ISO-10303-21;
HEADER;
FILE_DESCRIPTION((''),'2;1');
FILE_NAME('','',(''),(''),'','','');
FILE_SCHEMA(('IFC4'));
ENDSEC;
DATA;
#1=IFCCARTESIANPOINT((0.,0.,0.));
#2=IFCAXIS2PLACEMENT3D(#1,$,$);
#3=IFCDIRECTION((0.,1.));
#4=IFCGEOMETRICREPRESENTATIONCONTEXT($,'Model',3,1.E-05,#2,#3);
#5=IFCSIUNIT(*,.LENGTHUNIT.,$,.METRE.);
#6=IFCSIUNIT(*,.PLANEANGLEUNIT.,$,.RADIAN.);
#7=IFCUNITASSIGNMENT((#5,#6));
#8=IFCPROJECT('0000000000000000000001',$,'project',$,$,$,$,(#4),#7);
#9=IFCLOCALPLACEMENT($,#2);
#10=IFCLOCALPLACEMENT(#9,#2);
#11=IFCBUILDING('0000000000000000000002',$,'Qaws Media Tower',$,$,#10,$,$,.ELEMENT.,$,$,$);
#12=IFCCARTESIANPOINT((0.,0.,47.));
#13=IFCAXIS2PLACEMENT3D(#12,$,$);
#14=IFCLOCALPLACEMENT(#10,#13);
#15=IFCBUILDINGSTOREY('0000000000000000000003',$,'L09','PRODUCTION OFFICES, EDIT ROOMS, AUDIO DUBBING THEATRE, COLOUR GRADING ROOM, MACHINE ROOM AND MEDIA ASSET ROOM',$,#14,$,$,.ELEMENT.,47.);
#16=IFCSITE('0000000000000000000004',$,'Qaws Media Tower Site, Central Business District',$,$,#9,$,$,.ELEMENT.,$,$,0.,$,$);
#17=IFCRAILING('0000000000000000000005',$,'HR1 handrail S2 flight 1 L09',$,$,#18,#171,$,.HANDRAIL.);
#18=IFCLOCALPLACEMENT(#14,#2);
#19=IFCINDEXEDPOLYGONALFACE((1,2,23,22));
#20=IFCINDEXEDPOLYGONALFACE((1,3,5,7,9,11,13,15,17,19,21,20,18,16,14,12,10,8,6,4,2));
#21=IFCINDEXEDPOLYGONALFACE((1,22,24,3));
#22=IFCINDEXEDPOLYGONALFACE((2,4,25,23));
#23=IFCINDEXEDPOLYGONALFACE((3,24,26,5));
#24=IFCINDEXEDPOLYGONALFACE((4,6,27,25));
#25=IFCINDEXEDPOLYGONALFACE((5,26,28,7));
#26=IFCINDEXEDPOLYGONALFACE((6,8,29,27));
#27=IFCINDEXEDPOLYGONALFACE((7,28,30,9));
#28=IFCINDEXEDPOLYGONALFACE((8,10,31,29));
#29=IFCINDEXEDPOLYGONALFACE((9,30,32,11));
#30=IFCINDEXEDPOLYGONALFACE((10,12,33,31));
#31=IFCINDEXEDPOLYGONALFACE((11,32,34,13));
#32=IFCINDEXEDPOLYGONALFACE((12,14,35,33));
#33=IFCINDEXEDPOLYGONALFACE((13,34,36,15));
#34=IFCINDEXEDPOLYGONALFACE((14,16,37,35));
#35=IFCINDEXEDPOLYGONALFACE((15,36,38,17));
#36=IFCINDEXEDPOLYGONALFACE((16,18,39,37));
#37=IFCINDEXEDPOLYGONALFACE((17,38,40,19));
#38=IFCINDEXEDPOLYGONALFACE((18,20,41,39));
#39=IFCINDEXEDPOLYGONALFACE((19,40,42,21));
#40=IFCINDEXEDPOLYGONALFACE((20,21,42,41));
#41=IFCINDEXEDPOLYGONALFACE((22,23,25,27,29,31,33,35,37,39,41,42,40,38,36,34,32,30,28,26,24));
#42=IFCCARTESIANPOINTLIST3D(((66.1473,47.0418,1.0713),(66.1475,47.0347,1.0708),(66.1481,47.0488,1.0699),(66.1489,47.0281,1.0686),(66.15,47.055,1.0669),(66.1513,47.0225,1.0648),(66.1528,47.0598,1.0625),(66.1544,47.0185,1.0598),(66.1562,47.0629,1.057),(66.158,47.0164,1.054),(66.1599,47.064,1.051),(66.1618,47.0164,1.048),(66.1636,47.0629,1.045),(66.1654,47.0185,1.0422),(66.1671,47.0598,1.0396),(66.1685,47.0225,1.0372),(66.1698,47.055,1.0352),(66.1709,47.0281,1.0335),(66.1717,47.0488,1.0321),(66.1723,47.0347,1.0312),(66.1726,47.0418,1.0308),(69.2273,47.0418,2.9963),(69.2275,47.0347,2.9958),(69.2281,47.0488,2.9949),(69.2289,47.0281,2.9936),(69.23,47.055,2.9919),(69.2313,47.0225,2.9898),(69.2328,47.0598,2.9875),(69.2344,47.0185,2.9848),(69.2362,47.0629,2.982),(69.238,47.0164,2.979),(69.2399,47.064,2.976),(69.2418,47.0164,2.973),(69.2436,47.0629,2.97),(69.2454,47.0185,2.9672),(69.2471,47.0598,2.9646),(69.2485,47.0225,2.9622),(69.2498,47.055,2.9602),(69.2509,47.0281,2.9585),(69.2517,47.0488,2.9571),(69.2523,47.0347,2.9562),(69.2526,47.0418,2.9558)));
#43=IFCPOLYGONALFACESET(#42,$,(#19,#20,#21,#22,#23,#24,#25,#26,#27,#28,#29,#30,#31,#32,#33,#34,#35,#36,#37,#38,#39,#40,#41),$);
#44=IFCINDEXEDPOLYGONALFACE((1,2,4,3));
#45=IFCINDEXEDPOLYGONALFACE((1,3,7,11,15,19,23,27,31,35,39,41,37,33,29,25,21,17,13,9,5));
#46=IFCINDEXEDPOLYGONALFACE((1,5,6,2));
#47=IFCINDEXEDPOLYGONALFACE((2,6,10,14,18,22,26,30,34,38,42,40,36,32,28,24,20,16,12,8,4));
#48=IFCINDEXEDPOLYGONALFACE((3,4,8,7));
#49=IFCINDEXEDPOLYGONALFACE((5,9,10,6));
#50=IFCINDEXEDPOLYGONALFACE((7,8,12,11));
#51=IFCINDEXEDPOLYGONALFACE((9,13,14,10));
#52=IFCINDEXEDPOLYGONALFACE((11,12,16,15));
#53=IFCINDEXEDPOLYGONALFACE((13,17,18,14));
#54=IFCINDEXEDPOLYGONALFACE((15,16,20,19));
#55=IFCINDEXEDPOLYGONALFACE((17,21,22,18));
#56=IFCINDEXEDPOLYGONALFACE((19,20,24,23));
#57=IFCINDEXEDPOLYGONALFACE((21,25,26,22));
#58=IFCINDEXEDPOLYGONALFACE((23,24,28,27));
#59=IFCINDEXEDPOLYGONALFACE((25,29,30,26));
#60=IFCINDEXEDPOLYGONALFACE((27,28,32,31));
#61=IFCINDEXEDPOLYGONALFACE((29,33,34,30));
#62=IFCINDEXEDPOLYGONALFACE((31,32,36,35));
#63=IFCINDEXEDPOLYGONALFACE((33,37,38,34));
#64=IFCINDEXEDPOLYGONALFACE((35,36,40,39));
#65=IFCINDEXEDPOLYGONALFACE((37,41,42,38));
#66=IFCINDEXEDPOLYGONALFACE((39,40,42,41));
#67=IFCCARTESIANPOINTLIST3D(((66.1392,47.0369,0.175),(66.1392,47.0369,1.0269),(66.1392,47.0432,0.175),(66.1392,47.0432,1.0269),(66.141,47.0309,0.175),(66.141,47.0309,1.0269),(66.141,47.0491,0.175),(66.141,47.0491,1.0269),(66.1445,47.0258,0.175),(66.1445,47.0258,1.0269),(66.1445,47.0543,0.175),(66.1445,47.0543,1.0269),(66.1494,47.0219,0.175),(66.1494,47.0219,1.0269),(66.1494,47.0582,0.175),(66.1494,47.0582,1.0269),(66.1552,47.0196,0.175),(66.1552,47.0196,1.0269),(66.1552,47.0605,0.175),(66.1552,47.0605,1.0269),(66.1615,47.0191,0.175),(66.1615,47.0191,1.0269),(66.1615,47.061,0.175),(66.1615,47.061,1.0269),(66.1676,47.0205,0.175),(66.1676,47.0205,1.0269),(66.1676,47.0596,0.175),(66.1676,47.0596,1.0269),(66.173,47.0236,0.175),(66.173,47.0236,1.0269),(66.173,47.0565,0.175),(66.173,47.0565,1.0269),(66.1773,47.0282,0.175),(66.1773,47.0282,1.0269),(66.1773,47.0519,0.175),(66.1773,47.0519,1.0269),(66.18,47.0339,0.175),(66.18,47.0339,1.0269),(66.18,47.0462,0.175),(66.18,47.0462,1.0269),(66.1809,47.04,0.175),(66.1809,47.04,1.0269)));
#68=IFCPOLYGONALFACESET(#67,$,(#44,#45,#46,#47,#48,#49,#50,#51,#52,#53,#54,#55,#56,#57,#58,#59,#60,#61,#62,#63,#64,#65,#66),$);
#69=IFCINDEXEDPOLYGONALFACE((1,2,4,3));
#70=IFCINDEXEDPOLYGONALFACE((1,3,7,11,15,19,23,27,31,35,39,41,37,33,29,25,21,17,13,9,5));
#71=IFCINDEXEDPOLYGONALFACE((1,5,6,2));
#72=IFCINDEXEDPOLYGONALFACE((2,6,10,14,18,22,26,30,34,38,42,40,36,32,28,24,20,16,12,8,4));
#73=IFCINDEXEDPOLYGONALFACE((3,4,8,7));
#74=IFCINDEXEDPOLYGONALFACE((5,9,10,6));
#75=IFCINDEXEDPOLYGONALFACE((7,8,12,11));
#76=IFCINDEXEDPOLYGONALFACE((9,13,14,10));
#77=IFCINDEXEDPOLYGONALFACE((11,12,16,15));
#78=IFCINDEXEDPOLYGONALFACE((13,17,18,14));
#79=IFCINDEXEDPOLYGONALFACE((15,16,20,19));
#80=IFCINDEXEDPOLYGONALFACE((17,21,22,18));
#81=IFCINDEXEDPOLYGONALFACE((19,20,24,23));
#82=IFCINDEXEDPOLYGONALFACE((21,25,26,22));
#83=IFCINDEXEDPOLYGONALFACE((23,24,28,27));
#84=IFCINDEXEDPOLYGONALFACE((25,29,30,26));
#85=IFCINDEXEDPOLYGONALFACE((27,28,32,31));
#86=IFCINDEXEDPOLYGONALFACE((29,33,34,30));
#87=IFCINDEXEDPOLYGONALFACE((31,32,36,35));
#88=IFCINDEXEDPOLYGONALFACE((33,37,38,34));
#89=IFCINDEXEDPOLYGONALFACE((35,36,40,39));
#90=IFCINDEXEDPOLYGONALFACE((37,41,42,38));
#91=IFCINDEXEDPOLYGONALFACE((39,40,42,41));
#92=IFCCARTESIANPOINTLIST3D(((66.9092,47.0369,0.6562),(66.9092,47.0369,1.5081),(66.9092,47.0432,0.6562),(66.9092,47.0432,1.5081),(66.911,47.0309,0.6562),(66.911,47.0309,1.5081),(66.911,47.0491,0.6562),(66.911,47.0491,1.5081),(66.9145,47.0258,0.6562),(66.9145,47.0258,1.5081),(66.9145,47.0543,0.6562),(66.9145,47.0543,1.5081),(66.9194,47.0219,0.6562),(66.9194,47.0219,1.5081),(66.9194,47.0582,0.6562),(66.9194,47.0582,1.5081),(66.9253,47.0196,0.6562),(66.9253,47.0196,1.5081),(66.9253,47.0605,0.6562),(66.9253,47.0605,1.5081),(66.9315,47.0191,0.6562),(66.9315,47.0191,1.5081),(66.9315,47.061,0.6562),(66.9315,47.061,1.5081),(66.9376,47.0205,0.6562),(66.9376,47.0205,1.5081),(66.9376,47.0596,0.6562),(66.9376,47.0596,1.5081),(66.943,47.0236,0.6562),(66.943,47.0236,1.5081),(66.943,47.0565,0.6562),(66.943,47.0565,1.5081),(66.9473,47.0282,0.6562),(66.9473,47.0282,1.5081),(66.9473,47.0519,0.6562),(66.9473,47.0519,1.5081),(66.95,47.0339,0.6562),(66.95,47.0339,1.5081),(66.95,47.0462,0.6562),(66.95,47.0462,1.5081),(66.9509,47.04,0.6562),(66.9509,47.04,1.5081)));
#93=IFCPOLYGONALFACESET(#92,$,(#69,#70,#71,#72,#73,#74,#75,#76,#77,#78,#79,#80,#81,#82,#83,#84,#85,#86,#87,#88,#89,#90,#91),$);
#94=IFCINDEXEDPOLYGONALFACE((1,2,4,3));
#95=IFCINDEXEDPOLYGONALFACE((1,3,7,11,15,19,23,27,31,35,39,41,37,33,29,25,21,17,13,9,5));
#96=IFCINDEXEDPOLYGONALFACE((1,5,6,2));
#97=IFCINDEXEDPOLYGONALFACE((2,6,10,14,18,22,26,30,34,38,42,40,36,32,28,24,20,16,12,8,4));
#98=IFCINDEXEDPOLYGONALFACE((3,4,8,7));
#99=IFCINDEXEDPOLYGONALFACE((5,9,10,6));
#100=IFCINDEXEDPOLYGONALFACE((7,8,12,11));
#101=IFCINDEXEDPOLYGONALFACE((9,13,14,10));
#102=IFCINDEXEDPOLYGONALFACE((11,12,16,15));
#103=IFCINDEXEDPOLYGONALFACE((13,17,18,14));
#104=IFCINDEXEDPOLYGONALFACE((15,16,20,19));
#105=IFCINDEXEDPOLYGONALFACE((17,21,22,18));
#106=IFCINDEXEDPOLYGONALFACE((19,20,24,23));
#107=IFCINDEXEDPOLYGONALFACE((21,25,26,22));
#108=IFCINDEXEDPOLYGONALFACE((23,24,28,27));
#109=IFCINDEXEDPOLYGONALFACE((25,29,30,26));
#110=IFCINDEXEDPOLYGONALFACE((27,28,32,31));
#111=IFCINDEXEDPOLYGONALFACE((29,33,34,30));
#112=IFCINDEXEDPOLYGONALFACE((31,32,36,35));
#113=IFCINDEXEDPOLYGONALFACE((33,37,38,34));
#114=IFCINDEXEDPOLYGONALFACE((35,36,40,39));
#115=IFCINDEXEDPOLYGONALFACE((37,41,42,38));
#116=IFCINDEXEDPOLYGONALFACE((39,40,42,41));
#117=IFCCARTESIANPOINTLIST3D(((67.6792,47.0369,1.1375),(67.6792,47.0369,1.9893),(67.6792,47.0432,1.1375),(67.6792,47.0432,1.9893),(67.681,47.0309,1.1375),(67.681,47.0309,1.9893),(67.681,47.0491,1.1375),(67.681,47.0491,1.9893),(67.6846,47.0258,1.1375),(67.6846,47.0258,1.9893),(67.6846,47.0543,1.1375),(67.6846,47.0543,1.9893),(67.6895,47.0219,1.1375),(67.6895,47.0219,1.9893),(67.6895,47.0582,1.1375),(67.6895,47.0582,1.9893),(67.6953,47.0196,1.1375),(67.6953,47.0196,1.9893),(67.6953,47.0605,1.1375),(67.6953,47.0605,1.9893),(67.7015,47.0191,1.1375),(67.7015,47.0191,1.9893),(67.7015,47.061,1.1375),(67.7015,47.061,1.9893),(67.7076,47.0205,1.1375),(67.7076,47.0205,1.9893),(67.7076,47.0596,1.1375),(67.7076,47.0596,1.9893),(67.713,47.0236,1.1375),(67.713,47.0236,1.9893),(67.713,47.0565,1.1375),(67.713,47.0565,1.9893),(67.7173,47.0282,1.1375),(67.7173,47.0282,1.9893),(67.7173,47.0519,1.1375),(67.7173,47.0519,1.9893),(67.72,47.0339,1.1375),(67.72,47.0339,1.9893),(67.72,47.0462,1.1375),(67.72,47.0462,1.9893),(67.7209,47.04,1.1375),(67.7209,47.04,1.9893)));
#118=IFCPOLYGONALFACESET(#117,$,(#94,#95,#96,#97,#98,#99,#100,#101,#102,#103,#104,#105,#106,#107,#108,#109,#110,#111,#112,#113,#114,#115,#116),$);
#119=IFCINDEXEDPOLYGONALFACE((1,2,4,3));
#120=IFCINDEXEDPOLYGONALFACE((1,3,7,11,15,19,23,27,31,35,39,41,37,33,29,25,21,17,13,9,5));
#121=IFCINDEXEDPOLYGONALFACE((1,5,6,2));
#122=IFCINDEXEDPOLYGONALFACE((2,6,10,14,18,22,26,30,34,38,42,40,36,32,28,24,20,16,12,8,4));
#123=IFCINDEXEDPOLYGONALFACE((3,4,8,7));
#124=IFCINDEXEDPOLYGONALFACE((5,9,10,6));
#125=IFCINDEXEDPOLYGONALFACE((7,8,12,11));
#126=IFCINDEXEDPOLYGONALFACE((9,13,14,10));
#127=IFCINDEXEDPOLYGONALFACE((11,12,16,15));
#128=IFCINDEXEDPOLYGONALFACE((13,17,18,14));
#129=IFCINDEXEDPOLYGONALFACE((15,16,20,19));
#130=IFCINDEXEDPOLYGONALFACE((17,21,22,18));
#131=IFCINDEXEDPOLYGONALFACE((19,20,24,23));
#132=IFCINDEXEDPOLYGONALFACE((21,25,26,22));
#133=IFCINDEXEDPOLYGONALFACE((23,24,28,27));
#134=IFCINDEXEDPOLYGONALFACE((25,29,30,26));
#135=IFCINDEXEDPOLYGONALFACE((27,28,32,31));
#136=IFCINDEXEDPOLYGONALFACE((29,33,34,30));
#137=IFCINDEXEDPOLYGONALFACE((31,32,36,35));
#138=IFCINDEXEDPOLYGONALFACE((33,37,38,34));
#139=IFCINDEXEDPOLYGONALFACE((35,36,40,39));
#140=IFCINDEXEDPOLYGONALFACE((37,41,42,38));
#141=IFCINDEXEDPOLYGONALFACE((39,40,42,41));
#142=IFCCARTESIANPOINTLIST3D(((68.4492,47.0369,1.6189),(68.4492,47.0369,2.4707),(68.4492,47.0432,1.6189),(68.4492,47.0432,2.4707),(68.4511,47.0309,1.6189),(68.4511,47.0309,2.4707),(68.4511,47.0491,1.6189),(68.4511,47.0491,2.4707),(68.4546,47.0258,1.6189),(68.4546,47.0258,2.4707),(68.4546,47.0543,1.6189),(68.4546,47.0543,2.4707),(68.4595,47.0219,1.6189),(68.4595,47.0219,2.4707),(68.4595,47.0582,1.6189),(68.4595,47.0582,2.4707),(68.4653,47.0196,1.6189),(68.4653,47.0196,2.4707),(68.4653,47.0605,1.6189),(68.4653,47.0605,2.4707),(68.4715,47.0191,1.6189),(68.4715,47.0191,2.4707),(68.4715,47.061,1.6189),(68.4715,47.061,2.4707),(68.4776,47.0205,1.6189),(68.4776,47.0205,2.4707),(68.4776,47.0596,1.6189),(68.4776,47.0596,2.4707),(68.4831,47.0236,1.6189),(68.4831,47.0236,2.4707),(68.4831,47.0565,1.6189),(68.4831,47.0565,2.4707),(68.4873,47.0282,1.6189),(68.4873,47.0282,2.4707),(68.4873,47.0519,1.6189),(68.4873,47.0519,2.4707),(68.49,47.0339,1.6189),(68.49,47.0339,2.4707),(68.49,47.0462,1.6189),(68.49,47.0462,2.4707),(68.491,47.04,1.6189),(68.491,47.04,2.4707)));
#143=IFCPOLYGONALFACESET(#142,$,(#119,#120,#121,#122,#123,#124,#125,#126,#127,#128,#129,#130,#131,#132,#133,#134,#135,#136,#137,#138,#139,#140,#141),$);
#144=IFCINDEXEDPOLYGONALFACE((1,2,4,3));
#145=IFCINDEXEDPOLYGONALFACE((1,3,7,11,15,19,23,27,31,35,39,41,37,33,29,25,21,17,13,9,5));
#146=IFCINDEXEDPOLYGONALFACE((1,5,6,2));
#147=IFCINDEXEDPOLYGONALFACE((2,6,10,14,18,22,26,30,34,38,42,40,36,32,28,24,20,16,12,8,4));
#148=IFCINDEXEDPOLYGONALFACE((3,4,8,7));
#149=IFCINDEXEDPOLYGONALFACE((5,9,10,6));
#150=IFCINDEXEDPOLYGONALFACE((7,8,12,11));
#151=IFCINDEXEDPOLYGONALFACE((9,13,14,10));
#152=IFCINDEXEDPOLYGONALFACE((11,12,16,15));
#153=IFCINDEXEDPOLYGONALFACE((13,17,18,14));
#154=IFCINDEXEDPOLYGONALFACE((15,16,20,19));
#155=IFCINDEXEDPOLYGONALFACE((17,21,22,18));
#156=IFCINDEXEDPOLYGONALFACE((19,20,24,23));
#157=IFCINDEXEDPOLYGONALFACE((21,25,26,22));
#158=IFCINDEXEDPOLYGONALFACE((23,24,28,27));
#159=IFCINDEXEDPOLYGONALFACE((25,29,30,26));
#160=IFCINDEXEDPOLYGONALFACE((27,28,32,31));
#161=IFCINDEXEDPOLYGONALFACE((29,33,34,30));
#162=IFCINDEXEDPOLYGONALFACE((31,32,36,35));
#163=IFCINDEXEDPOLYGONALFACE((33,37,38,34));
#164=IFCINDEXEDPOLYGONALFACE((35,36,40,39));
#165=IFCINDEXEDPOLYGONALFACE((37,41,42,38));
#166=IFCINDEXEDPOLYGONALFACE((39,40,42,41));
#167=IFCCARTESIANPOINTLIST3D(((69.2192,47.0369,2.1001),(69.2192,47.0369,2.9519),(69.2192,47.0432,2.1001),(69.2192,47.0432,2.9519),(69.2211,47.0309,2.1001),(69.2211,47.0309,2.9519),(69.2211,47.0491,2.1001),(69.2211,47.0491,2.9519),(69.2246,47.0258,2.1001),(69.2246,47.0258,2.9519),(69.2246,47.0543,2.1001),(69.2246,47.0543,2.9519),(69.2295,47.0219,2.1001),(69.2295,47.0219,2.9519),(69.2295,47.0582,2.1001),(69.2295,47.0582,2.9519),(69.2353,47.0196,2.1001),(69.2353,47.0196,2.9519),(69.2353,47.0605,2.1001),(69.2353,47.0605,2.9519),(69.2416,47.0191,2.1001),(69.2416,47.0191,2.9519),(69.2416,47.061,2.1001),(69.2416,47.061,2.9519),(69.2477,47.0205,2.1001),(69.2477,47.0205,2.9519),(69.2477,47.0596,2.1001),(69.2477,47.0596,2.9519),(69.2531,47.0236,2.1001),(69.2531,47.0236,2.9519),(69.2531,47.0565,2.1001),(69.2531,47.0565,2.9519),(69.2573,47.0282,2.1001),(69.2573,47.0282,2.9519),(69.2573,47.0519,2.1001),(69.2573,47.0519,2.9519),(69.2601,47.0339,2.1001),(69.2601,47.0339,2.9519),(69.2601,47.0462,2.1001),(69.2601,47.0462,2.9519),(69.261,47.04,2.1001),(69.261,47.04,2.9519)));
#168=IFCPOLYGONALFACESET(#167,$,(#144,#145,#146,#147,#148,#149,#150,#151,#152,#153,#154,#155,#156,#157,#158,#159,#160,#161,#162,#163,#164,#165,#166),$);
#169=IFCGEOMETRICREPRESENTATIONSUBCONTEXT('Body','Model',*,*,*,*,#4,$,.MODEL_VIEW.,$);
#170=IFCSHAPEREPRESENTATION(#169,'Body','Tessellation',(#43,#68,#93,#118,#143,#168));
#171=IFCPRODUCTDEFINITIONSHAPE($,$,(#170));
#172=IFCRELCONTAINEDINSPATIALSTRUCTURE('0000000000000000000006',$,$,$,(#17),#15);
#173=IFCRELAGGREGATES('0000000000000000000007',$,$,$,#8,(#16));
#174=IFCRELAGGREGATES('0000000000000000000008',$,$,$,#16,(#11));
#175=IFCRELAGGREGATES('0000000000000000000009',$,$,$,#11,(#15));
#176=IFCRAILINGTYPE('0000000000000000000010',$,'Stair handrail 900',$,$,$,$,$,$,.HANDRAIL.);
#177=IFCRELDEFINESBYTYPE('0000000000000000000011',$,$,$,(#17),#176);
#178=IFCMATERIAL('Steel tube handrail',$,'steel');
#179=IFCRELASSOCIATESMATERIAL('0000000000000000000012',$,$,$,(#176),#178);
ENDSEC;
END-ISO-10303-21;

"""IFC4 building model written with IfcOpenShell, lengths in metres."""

from ifc_helpers import new_model, si_unit, direction, frame, origin, origin_2d, place, context, subcontext, project, spatial, circle, extrude, material, type_object, element, save


model = new_model("IFC4")

# Units and contexts
model_context = context("Model", 3, precision=1e-05, world=origin(), true_north=direction((0.0, 1.0)))
body_context = subcontext(model_context, "Body", "Model", "MODEL_VIEW")
ifc_project = project(units=[si_unit("LENGTHUNIT", "METRE"), si_unit("PLANEANGLEUNIT", "RADIAN")], contexts=[model_context])

# Site, building, storey
site_placement = place(None, origin())
site = spatial("IfcSite", under=ifc_project, at=site_placement, Name="Qaws Media Tower Site, Central Business District", CompositionType="ELEMENT", RefElevation=0.0)
building_placement = place(site_placement, origin())
building = spatial("IfcBuilding", under=site, at=building_placement, Name="Qaws Media Tower", CompositionType="ELEMENT")
storey_placement = place(building_placement, frame((0.0, 0.0, 47.0)))
storey = spatial("IfcBuildingStorey", under=building, at=storey_placement, Name="L09", Description="PRODUCTION OFFICES, EDIT ROOMS, AUDIO DUBBING THEATRE, COLOUR GRADING ROOM, MACHINE ROOM AND MEDIA ASSET ROOM", CompositionType="ELEMENT", Elevation=47.0)

# Railing
ifc_material_1 = material(Name="Steel tube handrail", Category="steel")
railing_type = type_object("IfcRailingType", Name="Stair handrail 900", PredefinedType="HANDRAIL", material=ifc_material_1)
for number, where, name in (
    (1, (66.1599, 47.04, 0.175), "HR1 handrail S2 flight 1 L09"),
):
    element("IfcRailing", number, at=place(storey_placement, frame(where)), inside=storey, type_object=railing_type, Name=name, PredefinedType="HANDRAIL", context=body_context, shape_type="SweptSolid", body=[
        extrude(circle(Radius=0.0239, at=origin_2d()), frame((0.0, 0.0, 0.876), z_axis=(0.847998, 0.0, 0.529999), x_axis=(0.0, 1.0, 0.0)), (0.0, 0.0, 1.0), 3.6321),
        extrude(circle(Radius=0.021, at=origin_2d()), origin(), (0.0, 0.0, 1.0), 0.8518),
        extrude(circle(Radius=0.021, at=origin_2d()), frame((0.77, 0.0, 0.4812)), (0.0, 0.0, 1.0), 0.8518),
        extrude(circle(Radius=0.021, at=origin_2d()), frame((1.54, 0.0, 0.9624)), (0.0, 0.0, 1.0), 0.8518),
        extrude(circle(Radius=0.021, at=origin_2d()), frame((2.3101, 0.0, 1.4438)), (0.0, 0.0, 1.0), 0.8518),
        extrude(circle(Radius=0.021, at=origin_2d()), frame((3.0801, 0.0, 1.925)), (0.0, 0.0, 1.0), 0.8518),
    ])

save(model, "model.ifc")
